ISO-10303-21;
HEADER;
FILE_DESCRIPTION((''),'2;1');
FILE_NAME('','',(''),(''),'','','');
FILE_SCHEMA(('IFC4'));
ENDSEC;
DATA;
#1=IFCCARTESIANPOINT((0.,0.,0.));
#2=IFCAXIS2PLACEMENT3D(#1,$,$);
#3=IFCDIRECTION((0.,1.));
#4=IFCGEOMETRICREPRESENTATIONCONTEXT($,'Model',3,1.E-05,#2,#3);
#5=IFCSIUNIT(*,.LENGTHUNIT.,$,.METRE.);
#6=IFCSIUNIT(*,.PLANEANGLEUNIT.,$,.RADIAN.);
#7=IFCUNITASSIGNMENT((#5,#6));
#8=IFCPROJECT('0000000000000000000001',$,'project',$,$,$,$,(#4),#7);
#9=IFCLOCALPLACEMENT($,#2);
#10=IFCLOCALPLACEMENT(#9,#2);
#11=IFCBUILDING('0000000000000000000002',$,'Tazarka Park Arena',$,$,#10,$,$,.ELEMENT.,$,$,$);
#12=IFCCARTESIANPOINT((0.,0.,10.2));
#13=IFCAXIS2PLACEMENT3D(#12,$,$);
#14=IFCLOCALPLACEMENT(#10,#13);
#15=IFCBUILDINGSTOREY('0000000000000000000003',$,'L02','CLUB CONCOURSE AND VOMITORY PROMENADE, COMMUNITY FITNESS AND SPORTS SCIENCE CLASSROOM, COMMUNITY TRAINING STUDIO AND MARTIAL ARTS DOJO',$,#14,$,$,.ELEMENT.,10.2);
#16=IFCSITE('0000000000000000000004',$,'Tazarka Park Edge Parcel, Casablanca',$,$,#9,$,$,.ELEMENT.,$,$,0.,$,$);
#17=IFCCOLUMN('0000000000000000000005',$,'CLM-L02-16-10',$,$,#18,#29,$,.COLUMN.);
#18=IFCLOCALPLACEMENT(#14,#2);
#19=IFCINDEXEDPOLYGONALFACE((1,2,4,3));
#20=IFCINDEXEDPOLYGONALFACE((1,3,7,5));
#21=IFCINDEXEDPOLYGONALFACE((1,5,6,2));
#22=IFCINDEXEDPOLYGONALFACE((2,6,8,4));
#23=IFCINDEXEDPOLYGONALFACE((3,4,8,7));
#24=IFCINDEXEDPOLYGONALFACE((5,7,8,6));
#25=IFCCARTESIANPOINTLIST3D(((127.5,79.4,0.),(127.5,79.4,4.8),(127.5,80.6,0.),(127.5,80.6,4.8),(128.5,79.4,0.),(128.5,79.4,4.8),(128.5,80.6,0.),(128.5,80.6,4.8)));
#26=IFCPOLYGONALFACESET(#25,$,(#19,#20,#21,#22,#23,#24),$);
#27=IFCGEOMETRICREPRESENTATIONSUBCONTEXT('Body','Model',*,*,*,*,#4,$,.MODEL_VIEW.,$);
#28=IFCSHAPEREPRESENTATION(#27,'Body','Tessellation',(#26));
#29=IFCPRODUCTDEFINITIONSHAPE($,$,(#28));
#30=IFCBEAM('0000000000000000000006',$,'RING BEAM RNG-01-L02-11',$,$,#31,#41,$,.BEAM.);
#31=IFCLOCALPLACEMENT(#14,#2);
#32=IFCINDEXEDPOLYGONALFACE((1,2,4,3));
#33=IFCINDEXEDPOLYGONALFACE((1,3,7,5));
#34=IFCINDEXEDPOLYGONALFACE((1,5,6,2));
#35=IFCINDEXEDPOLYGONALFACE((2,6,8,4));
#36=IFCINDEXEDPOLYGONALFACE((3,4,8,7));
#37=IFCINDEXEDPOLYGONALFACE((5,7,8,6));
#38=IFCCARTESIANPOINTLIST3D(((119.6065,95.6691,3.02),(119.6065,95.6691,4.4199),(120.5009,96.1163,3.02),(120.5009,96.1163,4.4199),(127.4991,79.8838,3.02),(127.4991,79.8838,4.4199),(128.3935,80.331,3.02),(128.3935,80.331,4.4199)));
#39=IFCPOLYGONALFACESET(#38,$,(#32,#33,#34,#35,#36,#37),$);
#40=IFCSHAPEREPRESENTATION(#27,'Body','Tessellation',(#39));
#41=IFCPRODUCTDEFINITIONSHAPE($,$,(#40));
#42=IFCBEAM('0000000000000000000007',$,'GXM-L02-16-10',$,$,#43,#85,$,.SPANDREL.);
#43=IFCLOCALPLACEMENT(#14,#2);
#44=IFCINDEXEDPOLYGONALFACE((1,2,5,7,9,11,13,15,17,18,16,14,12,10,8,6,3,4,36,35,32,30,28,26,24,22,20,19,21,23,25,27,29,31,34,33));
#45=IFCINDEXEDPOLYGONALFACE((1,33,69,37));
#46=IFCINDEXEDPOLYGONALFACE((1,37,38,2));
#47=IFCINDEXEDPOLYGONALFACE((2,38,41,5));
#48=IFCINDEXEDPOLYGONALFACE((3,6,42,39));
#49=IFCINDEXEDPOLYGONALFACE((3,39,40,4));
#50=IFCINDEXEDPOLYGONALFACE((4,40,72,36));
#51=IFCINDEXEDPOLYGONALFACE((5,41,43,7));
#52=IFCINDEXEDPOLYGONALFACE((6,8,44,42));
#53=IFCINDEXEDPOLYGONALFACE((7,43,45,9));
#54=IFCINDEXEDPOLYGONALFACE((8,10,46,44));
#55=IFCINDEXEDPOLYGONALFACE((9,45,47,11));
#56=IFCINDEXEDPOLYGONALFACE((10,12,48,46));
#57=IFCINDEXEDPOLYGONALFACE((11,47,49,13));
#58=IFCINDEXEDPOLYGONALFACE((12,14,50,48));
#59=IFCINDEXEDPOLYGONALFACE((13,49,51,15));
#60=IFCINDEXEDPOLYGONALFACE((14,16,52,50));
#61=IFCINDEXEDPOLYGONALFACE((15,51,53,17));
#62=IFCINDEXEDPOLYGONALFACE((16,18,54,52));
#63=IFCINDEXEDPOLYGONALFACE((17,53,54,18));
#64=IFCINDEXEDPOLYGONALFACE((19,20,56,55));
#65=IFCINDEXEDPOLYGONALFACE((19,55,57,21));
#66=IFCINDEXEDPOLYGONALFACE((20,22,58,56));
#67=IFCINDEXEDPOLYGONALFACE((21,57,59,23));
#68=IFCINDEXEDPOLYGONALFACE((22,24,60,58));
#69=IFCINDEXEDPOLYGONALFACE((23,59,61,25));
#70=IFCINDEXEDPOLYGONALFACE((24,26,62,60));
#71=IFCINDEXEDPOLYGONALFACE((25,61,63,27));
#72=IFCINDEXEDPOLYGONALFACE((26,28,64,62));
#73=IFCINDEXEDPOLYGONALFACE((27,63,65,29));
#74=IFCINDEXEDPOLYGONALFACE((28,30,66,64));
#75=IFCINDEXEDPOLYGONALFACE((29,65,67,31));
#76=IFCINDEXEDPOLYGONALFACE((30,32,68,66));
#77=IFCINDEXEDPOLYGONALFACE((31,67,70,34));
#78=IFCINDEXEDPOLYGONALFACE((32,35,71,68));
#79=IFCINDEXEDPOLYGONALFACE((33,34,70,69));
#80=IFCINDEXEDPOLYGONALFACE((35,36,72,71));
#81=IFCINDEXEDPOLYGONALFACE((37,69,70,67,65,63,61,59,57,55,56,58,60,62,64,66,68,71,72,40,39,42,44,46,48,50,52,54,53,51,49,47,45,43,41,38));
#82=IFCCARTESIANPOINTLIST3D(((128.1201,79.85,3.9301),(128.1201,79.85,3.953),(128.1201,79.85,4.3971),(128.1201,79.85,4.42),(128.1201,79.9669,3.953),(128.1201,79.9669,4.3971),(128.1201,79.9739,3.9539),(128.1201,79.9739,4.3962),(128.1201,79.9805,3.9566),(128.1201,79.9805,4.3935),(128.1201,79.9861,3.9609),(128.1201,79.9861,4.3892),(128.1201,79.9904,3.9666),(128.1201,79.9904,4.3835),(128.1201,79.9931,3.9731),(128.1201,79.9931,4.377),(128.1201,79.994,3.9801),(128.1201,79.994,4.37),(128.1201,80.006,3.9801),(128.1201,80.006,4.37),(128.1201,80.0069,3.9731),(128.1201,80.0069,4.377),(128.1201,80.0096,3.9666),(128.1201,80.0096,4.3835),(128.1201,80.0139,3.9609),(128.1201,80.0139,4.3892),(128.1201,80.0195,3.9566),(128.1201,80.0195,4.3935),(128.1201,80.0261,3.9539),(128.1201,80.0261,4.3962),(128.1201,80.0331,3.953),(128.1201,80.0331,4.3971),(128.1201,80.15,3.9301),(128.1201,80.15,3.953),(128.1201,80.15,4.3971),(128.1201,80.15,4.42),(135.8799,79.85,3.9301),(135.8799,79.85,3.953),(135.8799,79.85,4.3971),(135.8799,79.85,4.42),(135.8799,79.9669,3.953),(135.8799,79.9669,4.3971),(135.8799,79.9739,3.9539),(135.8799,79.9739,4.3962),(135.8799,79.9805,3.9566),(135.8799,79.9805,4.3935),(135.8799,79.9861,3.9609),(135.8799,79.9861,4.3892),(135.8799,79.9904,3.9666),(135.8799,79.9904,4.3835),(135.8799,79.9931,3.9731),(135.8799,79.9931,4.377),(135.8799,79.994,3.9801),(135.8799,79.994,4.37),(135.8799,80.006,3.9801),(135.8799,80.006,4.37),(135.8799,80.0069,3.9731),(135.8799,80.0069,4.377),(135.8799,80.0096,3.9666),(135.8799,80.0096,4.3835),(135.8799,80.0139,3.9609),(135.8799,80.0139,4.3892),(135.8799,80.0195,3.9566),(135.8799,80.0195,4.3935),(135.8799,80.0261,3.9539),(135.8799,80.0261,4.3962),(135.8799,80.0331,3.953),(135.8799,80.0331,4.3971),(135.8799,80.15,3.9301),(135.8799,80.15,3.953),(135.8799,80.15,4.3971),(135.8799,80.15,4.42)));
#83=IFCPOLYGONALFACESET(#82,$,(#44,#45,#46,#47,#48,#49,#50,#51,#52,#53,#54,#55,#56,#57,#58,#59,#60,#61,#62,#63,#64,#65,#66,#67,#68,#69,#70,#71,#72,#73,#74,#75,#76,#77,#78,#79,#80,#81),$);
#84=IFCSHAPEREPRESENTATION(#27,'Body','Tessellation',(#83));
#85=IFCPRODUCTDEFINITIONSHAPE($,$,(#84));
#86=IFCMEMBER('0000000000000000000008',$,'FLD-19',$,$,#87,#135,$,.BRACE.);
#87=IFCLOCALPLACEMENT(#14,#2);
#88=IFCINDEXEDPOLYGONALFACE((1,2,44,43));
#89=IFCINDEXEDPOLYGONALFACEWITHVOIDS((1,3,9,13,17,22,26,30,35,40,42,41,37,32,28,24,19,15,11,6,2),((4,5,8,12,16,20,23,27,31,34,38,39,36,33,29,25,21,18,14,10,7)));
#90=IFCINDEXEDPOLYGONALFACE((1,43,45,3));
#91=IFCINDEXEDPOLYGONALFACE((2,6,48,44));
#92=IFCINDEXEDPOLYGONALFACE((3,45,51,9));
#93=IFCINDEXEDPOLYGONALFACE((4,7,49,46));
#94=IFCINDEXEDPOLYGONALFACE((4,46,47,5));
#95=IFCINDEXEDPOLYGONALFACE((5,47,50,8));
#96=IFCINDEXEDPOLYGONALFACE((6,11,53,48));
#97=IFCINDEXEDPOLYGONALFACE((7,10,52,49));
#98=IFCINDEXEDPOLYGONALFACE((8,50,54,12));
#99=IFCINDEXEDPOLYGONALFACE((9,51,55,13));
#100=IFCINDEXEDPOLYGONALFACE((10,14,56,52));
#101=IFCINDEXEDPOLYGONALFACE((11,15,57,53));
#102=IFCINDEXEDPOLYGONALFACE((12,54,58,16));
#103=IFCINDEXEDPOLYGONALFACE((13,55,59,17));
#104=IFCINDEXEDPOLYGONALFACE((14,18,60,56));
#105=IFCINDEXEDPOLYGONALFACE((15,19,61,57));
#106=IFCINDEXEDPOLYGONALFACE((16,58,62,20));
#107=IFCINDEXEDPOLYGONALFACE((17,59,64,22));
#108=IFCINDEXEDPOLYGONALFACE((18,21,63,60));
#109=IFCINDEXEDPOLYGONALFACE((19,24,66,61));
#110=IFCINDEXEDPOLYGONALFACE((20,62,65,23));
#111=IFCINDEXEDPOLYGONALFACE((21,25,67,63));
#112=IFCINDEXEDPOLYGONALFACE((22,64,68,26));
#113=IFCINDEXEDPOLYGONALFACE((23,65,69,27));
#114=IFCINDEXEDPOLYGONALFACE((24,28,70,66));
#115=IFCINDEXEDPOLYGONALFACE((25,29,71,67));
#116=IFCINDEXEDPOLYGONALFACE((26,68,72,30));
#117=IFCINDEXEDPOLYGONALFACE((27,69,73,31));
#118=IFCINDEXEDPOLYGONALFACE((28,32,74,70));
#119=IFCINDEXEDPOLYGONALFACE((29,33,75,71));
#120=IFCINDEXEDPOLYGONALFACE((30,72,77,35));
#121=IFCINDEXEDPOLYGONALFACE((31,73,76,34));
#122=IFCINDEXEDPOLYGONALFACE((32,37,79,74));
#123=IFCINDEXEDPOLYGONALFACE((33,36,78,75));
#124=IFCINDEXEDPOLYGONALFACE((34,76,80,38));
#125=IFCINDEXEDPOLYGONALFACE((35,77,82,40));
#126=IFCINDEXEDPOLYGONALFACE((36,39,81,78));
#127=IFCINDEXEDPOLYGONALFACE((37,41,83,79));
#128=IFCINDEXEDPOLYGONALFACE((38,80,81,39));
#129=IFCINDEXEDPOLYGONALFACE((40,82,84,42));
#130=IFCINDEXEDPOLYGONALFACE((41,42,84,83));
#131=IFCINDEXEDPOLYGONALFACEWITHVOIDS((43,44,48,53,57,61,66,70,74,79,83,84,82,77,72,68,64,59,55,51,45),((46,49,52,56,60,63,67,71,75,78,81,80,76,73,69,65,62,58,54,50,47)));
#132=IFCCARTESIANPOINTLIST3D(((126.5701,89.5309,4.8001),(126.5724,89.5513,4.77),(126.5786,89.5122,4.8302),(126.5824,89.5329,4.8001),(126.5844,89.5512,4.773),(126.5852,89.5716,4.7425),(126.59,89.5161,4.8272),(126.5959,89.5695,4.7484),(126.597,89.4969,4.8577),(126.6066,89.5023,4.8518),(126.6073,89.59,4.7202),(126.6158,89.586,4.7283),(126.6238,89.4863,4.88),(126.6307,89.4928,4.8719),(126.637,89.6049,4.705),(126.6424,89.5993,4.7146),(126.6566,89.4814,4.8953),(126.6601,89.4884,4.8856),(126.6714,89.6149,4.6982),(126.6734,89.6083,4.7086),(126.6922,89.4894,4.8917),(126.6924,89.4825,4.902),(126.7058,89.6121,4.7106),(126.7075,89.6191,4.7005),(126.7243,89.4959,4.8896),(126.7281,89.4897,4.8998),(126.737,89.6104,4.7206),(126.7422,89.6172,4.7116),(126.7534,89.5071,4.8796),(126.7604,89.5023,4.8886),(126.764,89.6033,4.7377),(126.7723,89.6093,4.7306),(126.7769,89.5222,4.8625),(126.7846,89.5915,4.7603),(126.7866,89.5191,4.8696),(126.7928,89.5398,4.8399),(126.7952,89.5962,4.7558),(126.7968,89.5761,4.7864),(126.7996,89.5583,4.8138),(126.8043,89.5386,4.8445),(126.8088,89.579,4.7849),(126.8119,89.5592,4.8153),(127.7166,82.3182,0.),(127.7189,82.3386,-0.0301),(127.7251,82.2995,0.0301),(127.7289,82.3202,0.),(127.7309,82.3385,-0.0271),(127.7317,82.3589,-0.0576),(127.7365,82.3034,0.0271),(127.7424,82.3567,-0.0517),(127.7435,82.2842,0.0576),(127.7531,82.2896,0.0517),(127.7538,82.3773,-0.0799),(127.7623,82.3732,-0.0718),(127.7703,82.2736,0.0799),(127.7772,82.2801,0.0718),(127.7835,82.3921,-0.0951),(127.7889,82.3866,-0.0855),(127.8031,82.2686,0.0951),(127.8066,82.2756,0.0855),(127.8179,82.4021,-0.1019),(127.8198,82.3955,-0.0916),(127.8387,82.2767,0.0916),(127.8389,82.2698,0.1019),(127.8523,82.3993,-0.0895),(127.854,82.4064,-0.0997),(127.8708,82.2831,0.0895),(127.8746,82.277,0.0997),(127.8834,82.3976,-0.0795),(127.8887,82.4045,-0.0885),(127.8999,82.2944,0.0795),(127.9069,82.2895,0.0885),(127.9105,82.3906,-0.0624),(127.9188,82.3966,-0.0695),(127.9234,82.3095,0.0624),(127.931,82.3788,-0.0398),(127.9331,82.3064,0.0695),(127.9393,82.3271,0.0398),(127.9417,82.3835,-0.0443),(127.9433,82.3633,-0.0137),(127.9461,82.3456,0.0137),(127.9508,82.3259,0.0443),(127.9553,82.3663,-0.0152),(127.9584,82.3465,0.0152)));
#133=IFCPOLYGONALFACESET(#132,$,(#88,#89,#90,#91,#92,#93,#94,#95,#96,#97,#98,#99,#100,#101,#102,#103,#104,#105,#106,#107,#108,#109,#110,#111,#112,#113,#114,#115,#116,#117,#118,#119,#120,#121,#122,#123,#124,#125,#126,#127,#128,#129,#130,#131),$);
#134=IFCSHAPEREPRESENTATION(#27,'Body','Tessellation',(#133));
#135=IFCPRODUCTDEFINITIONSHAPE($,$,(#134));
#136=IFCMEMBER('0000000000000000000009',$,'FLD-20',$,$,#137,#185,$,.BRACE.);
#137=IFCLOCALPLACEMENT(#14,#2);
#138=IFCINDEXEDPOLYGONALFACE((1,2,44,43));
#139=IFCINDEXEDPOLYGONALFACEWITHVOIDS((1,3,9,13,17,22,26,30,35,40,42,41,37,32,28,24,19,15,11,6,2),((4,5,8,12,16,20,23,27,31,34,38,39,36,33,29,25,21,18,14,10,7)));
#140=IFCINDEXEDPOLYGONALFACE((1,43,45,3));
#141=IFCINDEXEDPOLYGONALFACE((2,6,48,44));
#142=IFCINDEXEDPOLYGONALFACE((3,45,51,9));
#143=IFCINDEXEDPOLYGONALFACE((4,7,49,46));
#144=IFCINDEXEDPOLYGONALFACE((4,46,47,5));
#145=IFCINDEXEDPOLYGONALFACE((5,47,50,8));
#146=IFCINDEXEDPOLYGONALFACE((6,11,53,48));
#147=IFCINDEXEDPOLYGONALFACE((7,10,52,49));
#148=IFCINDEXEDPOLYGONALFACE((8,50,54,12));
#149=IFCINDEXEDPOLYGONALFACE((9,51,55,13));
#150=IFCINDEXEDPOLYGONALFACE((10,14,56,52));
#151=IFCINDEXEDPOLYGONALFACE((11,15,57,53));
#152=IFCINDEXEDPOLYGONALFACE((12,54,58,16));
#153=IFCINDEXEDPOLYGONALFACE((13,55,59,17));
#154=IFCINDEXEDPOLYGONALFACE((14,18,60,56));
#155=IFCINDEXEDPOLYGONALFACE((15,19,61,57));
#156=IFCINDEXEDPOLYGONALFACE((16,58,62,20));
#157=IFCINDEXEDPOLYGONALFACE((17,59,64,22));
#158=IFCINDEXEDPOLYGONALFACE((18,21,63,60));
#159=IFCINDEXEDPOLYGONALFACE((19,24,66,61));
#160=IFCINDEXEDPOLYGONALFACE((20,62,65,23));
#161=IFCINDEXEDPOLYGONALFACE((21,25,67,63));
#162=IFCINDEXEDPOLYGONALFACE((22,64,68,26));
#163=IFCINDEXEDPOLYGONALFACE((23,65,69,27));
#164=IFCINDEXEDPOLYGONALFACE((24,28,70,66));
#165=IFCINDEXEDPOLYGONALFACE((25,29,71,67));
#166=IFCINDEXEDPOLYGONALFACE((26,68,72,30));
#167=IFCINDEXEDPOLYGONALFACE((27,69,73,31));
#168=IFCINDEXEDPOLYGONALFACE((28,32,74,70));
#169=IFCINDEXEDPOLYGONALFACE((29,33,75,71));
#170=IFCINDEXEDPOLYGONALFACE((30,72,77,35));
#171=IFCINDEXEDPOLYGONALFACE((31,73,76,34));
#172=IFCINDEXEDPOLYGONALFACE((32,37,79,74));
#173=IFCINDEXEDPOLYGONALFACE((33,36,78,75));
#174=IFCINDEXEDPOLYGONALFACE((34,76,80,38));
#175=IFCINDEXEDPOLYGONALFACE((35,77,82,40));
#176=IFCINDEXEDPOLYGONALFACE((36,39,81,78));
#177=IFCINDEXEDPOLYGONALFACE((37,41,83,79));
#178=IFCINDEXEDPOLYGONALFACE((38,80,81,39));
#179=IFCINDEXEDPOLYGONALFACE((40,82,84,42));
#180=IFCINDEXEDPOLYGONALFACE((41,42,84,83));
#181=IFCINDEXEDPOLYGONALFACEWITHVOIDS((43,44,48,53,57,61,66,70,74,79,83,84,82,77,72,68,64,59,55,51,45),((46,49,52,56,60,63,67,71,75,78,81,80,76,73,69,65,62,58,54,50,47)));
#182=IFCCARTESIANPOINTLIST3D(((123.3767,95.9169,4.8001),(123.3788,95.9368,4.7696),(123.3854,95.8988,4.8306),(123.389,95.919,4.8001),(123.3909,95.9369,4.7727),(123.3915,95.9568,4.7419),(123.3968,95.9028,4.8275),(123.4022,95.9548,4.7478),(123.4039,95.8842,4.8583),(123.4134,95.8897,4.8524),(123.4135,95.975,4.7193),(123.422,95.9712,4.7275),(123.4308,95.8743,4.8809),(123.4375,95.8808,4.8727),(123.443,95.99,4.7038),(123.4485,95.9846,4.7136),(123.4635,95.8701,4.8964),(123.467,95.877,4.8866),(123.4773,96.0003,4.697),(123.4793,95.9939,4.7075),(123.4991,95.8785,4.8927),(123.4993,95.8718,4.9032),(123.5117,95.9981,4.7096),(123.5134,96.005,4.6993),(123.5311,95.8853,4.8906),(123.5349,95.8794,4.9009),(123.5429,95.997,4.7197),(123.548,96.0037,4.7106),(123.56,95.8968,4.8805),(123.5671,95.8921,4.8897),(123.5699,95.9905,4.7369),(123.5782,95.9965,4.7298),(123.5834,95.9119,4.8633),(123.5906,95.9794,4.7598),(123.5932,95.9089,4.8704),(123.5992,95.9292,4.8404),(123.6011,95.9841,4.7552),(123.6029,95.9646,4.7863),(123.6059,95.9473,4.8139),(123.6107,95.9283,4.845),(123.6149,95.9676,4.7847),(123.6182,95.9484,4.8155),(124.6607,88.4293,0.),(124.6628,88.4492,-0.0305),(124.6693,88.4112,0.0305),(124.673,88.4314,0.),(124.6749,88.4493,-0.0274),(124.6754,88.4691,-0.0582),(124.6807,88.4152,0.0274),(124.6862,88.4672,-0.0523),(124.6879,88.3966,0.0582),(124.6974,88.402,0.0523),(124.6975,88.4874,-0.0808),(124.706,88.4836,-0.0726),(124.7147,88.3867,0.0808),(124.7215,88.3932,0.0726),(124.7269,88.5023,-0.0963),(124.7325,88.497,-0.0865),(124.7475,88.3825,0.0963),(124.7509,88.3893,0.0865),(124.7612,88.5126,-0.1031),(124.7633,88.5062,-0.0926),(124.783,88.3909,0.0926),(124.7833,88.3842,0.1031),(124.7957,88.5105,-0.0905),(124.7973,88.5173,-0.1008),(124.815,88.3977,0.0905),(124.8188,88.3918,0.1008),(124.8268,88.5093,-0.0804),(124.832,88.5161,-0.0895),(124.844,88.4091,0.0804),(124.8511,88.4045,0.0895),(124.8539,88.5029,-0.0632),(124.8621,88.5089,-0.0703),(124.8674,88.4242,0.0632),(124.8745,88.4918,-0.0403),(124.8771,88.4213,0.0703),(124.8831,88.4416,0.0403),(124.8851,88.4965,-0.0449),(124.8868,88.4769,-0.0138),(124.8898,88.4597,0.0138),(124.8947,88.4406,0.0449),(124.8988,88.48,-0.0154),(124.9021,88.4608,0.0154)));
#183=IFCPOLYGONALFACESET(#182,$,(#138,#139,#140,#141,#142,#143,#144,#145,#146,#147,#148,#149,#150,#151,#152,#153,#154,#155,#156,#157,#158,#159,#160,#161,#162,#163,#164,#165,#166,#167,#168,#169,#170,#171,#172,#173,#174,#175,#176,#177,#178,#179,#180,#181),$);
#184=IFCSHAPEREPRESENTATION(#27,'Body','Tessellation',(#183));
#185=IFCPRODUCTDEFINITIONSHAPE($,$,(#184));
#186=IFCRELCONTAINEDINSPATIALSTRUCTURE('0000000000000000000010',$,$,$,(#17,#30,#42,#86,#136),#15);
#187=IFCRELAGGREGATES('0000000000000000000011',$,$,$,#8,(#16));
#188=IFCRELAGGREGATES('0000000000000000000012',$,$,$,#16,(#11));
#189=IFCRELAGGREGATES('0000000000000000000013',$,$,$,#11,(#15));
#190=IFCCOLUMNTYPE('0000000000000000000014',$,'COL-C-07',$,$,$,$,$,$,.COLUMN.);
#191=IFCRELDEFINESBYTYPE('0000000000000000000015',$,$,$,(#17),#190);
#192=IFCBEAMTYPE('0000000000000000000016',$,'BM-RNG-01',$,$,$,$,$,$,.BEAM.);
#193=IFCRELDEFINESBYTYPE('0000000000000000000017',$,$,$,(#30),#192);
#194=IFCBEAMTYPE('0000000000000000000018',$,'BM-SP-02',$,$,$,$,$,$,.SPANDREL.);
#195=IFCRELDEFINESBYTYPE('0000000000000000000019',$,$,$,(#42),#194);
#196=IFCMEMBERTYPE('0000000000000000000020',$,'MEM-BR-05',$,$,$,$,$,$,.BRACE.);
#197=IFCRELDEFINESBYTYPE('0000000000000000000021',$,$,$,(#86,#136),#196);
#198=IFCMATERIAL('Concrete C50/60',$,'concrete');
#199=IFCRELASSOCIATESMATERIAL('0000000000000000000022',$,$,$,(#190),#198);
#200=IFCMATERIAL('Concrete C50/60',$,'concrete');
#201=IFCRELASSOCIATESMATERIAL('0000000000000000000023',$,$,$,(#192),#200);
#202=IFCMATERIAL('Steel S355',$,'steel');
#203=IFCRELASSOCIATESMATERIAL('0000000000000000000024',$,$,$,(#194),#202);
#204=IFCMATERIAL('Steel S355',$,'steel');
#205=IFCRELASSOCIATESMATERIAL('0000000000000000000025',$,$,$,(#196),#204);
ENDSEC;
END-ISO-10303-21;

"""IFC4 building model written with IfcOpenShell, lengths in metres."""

from ifc_helpers import new_model, si_unit, direction, frame, origin, origin_2d, place, context, subcontext, project, spatial, rectangle, hollow_circle, i_section, extrude, material, material_profile, profile_set, type_object, element, save


model = new_model("IFC4")

# Units and contexts
model_context = context("Model", 3, precision=1e-05, world=origin(), true_north=direction((0.0, 1.0)))
body_context = subcontext(model_context, "Body", "Model", "MODEL_VIEW")
ifc_project = project(units=[si_unit("LENGTHUNIT", "METRE"), si_unit("PLANEANGLEUNIT", "RADIAN")], contexts=[model_context])

# Site, building, storey
site_placement = place(None, origin())
site = spatial("IfcSite", under=ifc_project, at=site_placement, Name="Tazarka Park Edge Parcel, Casablanca", CompositionType="ELEMENT", RefElevation=0.0)
building_placement = place(site_placement, origin())
building = spatial("IfcBuilding", under=site, at=building_placement, Name="Tazarka Park Arena", CompositionType="ELEMENT")
storey_placement = place(building_placement, frame((0.0, 0.0, 10.2)))
storey = spatial("IfcBuildingStorey", under=building, at=storey_placement, Name="L02", Description="CLUB CONCOURSE AND VOMITORY PROMENADE, COMMUNITY FITNESS AND SPORTS SCIENCE CLASSROOM, COMMUNITY TRAINING STUDIO AND MARTIAL ARTS DOJO", CompositionType="ELEMENT", Elevation=10.2)

# Column
ifc_material_1 = material(Name="Concrete C50/60", Category="concrete")
ifc_material_profile_1 = material_profile(ifc_material_1, rectangle(XDim=1.0, YDim=1.2, at=origin_2d()), Name="Concrete C50/60")
ifc_profile_set_1 = profile_set([ifc_material_profile_1], Name="Concrete C50/60")
column_type = type_object("IfcColumnType", Name="COL-C-07", PredefinedType="COLUMN", material=ifc_profile_set_1)
column_placement = place(storey_placement, frame((128.0, 80.0, 0.0), z_axis=(0.0, 0.0, 1.0), x_axis=(1.0, 0.0, 0.0)))
element("IfcColumn", 1, at=column_placement, inside=storey, type_object=column_type, Name="CLM-L02-16-10", PredefinedType="COLUMN", context=body_context, shape_type="SweptSolid", body=[
    extrude(rectangle(XDim=1.0, YDim=1.2, at=origin_2d()), origin(), (0.0, 0.0, 1.0), 4.8),
])

# Beams
ifc_material_2 = material(Name="Concrete C50/60", Category="concrete")
ifc_material_profile_2 = material_profile(ifc_material_2, rectangle(XDim=1.0, YDim=1.3999, at=origin_2d()), Name="Concrete C50/60")
ifc_profile_set_2 = profile_set([ifc_material_profile_2], Name="Concrete C50/60")
beam_type_1 = type_object("IfcBeamType", Name="BM-RNG-01", PredefinedType="BEAM", material=ifc_profile_set_2)
beam_1_placement = place(storey_placement, frame((127.9463, 80.1074, 3.72), z_axis=(-0.447214, 0.894427, 0.0), x_axis=(-0.894427, -0.447214, 0.0)))
element("IfcBeam", 2, at=beam_1_placement, inside=storey, type_object=beam_type_1, Name="RING BEAM RNG-01-L02-11", PredefinedType="BEAM", context=body_context, shape_type="SweptSolid", body=[
    extrude(rectangle(XDim=1.0, YDim=1.3999, at=origin_2d()), origin(), (0.0, 0.0, 1.0), 17.6484),
])
ifc_material_3 = material(Name="Steel S355", Category="steel")
ifc_material_profile_3 = material_profile(ifc_material_3, i_section(OverallWidth=0.3, OverallDepth=0.49, WebThickness=0.012, FlangeThickness=0.0229, FilletRadius=0.0271, at=origin_2d()), Name="Steel S355")
ifc_profile_set_3 = profile_set([ifc_material_profile_3], Name="Steel S355")
beam_type_2 = type_object("IfcBeamType", Name="BM-SP-02", PredefinedType="SPANDREL", material=ifc_profile_set_3)
beam_2_placement = place(storey_placement, frame((128.1201, 80.0, 4.175), z_axis=(1.0, 0.0, 0.0), x_axis=(0.0, 1.0, 0.0)))
element("IfcBeam", 3, at=beam_2_placement, inside=storey, type_object=beam_type_2, Name="GXM-L02-16-10", PredefinedType="SPANDREL", context=body_context, shape_type="SweptSolid", body=[
    extrude(i_section(OverallWidth=0.3, OverallDepth=0.49, WebThickness=0.012, FlangeThickness=0.0229, FilletRadius=0.0271, at=origin_2d()), origin(), (0.0, 0.0, 1.0), 7.7598),
])

# Members
ifc_material_4 = material(Name="Steel S355", Category="steel")
ifc_material_profile_4 = material_profile(ifc_material_4, hollow_circle(Radius=0.1223, WallThickness=0.0125, at=origin_2d()), Name="Steel S355")
ifc_profile_set_4 = profile_set([ifc_material_profile_4], Name="Steel S355")
member_type_1 = type_object("IfcMemberType", Name="MEM-BR-05", PredefinedType="BRACE", material=ifc_profile_set_4)
member_1_placement = place(storey_placement, frame((127.8374, 82.3374, 0.0), z_axis=(-0.131186, 0.825302, 0.549242), x_axis=(-0.987601, -0.156984, 0.0)))
element("IfcMember", 4, at=member_1_placement, inside=storey, type_object=member_type_1, Name="FLD-19", PredefinedType="BRACE", context=body_context, shape_type="SweptSolid", body=[
    extrude(hollow_circle(Radius=0.1223, WallThickness=0.0125, at=origin_2d()), origin(), (0.0, 0.0, 1.0), 8.7395),
])
member_2_placement = place(storey_placement, frame((124.7812, 88.45, 0.0), z_axis=(-0.142878, 0.833225, 0.534156), x_axis=(-0.985614, -0.169009, 0.0)))
element("IfcMember", 5, at=member_2_placement, inside=storey, type_object=member_type_1, Name="FLD-20", PredefinedType="BRACE", context=body_context, shape_type="SweptSolid", body=[
    extrude(hollow_circle(Radius=0.1223, WallThickness=0.0125, at=origin_2d()), origin(), (0.0, 0.0, 1.0), 8.9863),
])

save(model, "model.ifc")
